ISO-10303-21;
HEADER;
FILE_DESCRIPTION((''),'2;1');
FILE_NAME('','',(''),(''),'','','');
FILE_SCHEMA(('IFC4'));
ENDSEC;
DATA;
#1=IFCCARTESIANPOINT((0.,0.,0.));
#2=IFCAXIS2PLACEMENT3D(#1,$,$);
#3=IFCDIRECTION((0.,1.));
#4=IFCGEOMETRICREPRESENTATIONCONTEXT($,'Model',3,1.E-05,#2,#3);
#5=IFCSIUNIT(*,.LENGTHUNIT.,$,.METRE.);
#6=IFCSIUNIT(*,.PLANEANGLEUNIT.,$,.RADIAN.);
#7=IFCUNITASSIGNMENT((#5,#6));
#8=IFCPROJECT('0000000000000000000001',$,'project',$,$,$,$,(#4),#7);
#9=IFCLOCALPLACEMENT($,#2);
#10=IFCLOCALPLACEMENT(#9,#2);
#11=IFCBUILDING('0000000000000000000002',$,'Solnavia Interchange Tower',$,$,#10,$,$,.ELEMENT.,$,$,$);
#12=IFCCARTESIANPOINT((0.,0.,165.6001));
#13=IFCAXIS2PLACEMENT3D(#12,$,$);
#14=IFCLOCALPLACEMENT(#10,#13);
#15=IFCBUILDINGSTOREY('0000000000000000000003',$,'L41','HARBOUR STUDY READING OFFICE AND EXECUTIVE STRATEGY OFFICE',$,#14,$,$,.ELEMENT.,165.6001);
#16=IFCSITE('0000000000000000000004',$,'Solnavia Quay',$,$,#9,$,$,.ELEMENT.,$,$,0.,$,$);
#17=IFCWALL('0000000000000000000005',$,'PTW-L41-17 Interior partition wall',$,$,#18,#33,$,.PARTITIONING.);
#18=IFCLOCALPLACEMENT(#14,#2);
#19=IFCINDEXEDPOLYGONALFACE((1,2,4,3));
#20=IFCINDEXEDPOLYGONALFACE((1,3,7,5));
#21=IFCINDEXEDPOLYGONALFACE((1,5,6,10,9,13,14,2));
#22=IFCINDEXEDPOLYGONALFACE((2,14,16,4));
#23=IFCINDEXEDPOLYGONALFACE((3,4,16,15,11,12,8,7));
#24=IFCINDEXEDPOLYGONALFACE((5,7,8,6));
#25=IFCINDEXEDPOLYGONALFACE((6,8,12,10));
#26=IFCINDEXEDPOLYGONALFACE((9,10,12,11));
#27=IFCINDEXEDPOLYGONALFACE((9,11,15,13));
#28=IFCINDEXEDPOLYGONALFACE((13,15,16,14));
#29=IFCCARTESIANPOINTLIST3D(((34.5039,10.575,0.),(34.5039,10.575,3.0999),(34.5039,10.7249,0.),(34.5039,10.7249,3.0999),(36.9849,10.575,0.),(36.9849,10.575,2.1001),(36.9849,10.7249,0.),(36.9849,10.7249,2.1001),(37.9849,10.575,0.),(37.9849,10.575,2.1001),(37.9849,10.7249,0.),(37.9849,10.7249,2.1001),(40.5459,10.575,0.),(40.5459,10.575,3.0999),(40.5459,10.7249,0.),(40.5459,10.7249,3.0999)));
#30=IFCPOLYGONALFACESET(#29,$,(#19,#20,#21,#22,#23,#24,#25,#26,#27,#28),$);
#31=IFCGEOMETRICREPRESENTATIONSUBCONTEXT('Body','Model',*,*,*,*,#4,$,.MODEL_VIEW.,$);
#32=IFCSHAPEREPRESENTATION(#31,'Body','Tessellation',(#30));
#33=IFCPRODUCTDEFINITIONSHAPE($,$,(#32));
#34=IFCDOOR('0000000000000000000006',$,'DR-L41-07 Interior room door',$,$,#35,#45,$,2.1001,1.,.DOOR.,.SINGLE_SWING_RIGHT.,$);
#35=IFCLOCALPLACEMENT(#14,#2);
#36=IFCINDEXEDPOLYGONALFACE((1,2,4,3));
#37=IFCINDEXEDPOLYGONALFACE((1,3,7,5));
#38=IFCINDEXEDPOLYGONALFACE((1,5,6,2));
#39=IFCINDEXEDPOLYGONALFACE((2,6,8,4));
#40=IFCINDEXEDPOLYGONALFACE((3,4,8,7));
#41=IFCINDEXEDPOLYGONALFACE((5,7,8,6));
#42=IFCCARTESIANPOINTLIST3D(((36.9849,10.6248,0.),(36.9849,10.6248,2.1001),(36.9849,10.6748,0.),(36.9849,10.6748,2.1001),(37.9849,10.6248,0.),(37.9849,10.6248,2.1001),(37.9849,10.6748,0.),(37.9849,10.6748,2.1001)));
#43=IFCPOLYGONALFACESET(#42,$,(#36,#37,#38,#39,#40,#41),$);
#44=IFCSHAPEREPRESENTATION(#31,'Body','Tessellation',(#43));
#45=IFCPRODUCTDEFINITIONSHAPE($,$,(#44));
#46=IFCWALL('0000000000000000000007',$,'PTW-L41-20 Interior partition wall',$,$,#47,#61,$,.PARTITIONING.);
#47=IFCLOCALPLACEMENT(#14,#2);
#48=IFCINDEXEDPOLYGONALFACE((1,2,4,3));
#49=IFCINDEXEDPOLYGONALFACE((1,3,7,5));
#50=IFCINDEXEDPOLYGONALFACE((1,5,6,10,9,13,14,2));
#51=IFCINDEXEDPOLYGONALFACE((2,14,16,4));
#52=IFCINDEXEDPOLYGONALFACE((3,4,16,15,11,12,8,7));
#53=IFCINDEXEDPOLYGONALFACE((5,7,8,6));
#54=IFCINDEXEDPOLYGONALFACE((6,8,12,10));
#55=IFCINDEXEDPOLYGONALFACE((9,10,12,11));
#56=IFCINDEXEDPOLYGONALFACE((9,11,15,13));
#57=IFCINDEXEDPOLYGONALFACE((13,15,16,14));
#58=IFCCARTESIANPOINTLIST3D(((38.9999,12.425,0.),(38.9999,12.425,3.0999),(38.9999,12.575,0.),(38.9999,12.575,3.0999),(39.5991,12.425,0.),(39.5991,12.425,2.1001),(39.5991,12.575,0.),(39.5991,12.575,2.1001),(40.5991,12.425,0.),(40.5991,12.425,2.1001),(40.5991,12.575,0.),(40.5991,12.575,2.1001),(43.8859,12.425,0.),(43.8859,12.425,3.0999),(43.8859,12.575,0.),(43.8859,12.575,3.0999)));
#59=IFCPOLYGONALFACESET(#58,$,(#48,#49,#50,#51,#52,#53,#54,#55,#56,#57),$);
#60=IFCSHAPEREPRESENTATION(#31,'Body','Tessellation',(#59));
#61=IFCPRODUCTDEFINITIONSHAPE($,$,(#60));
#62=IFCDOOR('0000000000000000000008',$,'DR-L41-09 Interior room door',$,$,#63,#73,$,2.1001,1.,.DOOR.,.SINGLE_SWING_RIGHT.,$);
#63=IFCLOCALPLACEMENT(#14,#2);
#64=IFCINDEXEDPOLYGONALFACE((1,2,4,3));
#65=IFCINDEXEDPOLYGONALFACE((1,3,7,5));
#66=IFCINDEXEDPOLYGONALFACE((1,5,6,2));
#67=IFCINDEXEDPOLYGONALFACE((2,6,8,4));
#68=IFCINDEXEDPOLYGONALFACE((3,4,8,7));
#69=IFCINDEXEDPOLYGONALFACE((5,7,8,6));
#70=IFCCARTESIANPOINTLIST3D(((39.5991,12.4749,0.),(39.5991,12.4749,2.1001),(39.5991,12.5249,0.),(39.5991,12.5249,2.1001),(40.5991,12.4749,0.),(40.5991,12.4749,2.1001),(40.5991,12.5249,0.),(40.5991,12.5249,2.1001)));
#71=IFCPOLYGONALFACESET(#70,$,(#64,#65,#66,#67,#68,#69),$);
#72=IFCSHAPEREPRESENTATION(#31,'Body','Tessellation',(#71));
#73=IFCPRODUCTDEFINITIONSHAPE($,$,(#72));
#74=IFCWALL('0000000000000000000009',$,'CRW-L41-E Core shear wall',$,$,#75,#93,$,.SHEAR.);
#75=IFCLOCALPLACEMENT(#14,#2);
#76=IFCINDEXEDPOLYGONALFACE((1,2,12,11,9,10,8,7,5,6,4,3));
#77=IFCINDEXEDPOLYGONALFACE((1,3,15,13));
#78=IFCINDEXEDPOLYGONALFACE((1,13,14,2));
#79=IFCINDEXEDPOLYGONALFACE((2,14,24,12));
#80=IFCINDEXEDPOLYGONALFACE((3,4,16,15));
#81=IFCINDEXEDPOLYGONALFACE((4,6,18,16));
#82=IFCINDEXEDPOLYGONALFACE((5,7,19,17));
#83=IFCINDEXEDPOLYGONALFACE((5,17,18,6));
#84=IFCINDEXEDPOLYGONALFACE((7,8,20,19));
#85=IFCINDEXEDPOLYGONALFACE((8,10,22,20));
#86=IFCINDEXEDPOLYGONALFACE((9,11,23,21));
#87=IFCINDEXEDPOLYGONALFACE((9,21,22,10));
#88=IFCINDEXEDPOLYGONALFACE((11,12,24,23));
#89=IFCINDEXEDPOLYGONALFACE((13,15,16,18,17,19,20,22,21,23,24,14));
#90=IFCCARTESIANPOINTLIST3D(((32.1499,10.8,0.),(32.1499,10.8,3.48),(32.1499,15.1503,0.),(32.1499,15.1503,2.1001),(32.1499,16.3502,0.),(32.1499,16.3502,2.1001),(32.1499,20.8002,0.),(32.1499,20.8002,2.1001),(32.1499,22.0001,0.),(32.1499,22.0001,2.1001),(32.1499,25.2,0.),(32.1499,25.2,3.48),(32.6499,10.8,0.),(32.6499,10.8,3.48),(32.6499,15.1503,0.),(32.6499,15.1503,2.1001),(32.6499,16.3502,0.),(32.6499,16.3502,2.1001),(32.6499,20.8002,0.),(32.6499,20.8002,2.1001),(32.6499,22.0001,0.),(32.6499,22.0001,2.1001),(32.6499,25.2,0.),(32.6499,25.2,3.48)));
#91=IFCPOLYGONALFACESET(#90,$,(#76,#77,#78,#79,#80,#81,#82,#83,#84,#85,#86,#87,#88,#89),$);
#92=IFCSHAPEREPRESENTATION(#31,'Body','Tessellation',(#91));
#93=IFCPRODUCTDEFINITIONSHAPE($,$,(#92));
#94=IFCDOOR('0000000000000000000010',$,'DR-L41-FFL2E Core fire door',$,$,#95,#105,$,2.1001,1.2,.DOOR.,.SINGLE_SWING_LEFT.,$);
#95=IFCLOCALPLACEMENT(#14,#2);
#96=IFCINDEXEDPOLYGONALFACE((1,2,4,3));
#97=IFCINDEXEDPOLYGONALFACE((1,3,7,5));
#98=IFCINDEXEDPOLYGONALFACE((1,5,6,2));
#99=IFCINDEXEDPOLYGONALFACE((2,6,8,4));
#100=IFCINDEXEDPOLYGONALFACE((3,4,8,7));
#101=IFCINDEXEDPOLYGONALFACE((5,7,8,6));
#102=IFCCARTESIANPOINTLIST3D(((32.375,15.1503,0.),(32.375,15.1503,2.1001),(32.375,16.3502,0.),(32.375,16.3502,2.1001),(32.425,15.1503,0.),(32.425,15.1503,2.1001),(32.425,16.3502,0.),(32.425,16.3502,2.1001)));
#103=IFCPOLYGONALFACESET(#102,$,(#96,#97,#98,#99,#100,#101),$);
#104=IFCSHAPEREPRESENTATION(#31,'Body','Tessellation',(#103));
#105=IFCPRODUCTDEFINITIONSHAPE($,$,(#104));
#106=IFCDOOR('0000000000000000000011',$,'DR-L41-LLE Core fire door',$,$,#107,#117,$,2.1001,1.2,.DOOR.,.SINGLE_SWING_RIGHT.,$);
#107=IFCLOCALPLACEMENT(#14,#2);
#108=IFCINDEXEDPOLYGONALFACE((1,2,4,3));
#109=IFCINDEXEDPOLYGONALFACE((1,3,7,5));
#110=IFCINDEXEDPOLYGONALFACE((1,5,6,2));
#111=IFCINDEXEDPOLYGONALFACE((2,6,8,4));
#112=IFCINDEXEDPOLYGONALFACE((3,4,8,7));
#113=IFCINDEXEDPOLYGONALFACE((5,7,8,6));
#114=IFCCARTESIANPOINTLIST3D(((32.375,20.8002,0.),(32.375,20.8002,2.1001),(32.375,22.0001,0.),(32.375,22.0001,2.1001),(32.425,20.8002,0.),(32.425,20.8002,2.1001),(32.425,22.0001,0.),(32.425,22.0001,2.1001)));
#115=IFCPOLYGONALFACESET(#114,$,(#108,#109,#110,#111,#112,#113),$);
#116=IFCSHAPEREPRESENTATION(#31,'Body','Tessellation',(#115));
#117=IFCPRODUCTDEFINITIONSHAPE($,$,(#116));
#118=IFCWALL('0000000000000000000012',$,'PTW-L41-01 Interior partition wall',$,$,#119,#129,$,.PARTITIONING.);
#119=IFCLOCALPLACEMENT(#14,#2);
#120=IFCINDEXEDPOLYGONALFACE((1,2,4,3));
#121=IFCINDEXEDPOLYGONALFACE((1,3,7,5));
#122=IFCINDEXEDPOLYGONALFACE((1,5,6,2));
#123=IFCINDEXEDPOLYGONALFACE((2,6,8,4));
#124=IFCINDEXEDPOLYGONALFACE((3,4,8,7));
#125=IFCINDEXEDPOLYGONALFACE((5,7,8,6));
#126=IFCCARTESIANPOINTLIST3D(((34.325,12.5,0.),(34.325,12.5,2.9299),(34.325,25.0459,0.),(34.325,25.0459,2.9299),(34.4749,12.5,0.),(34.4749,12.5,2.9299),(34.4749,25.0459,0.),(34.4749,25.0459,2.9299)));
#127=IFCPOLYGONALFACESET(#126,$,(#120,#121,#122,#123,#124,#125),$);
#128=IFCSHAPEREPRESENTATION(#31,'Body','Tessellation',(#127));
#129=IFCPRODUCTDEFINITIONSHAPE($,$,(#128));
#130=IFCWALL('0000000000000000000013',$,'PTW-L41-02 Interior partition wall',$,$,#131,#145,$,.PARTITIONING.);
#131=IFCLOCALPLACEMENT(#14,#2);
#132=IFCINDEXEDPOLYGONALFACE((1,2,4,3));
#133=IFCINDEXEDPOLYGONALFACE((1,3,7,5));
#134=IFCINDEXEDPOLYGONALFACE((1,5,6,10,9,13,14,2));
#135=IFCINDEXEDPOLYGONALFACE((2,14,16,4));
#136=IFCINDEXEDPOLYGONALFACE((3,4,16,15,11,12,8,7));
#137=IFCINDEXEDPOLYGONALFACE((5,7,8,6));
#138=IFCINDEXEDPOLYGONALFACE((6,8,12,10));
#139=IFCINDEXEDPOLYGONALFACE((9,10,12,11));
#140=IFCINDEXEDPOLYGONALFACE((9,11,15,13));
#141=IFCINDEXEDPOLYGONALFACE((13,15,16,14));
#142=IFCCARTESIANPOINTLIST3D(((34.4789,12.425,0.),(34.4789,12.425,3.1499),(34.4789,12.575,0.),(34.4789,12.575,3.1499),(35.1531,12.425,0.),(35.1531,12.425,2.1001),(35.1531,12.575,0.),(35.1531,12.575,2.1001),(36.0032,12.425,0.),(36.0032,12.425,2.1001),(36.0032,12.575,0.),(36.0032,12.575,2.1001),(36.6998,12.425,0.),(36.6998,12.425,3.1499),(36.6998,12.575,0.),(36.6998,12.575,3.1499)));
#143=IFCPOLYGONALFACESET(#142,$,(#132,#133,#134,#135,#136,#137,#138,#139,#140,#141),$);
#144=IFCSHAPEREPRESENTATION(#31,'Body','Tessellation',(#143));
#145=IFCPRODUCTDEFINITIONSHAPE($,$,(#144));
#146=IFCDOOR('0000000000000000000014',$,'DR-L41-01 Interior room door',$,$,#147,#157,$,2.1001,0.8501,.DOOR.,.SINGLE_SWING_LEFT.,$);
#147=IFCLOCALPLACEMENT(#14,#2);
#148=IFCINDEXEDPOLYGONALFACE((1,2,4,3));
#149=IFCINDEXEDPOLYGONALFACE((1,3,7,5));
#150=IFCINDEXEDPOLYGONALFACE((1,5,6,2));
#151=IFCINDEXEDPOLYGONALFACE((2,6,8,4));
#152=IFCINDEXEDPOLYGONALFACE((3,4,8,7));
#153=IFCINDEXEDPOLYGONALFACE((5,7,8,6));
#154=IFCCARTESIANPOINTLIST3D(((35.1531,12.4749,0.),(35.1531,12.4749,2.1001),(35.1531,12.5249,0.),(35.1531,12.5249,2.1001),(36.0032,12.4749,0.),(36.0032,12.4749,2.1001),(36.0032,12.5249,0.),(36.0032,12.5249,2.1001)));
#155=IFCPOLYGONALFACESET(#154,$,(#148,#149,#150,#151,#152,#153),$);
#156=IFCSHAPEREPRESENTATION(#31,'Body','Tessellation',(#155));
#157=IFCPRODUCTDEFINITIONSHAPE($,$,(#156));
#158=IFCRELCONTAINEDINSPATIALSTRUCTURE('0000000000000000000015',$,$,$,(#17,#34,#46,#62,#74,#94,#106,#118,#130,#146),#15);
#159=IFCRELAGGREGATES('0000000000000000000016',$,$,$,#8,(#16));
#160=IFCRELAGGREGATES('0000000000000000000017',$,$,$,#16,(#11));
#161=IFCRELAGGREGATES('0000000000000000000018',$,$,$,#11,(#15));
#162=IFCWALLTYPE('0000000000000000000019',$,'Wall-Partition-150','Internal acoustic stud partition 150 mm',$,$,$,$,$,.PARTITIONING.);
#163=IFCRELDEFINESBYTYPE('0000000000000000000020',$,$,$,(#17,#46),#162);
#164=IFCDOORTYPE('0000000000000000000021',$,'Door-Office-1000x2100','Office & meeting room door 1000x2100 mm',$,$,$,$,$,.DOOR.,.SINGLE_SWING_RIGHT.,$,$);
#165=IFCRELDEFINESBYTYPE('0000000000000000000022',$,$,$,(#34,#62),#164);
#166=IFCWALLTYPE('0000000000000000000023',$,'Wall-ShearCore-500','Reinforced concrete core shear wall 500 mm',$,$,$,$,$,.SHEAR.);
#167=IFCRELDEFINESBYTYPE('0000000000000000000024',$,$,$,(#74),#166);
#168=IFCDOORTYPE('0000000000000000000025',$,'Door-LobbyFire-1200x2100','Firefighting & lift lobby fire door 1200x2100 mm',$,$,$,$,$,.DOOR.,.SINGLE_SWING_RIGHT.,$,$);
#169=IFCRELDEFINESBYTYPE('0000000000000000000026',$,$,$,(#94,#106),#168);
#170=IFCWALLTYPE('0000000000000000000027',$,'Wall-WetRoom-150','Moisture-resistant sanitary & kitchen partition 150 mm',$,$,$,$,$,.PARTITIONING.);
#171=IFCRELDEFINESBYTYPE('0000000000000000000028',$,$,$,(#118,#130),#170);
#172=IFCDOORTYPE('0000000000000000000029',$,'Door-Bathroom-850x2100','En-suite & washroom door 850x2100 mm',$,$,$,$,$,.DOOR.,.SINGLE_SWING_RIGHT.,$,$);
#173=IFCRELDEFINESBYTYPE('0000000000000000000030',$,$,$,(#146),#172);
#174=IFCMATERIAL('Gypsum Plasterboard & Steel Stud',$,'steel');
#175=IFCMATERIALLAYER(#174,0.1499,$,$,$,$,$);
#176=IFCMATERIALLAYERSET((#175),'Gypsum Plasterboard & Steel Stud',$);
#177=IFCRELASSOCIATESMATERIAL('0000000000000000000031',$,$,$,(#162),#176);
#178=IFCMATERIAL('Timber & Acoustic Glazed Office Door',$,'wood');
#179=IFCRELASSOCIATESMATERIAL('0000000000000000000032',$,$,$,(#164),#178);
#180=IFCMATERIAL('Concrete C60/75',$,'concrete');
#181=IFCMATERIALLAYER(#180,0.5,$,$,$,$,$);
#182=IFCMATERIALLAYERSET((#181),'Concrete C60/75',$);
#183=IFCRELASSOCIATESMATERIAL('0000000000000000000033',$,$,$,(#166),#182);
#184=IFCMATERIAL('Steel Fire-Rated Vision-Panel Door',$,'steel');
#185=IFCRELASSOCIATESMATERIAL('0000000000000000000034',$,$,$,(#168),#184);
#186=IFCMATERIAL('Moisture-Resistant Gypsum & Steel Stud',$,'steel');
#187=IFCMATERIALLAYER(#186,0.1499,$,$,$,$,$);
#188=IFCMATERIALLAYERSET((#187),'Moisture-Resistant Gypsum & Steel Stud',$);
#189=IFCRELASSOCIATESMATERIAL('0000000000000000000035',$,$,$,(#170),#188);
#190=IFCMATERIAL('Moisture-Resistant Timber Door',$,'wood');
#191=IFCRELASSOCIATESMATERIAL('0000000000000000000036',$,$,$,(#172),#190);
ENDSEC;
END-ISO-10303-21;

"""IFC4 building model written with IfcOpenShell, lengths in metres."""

from ifc_helpers import new_model, si_unit, direction, frame, frame_2d, origin, place, context, subcontext, project, spatial, rectangle, extrude, material, layer, layer_set, type_object, element, fill, save


model = new_model("IFC4")

# Units and contexts
model_context = context("Model", 3, precision=1e-05, world=origin(), true_north=direction((0.0, 1.0)))
body_context = subcontext(model_context, "Body", "Model", "MODEL_VIEW")
ifc_project = project(units=[si_unit("LENGTHUNIT", "METRE"), si_unit("PLANEANGLEUNIT", "RADIAN")], contexts=[model_context])

# Site, building, storey
site_placement = place(None, origin())
site = spatial("IfcSite", under=ifc_project, at=site_placement, Name="Solnavia Quay", CompositionType="ELEMENT", RefElevation=0.0)
building_placement = place(site_placement, origin())
building = spatial("IfcBuilding", under=site, at=building_placement, Name="Solnavia Interchange Tower", CompositionType="ELEMENT")
storey_placement = place(building_placement, frame((0.0, 0.0, 165.6001)))
storey = spatial("IfcBuildingStorey", under=building, at=storey_placement, Name="L41", Description="HARBOUR STUDY READING OFFICE AND EXECUTIVE STRATEGY OFFICE", CompositionType="ELEMENT", Elevation=165.6001)

# Walls, openings, doors
ifc_material_1 = material(Name="Gypsum Plasterboard & Steel Stud", Category="steel")
ifc_layer_1 = layer(ifc_material_1, 0.1499)
ifc_layer_set_1 = layer_set([ifc_layer_1], Name="Gypsum Plasterboard & Steel Stud")
wall_type_1 = type_object("IfcWallType", Name="Wall-Partition-150", Description="Internal acoustic stud partition 150 mm", PredefinedType="PARTITIONING", material=ifc_layer_set_1)
wall_1_placement = place(storey_placement, frame((34.5039, 10.6499, 0.0), z_axis=(0.0, 0.0, 1.0), x_axis=(1.0, 0.0, 0.0)))
wall_1 = element("IfcWall", 1, at=wall_1_placement, inside=storey, type_object=wall_type_1, Name="PTW-L41-17 Interior partition wall", PredefinedType="PARTITIONING", context=body_context, shape_type="SweptSolid", body=[
    extrude(rectangle(XDim=6.042, YDim=0.1499, at=frame_2d((3.021, 0.0))), origin(), (0.0, 0.0, 1.0), 3.0999),
])
opening_1_placement = place(wall_1_placement, frame((2.481, 0.0, 0.0)))
opening_1 = element("IfcOpeningElement", 2, at=opening_1_placement, cuts=wall_1, PredefinedType="OPENING", context=body_context, shape_type="SweptSolid", body=[
    extrude(rectangle(XDim=1.0, YDim=2.1001, at=frame_2d((0.5, 1.05))), frame((0.0, 0.085, 0.0), z_axis=(0.0, -1.0, 0.0), x_axis=(1.0, 0.0, 0.0)), (0.0, 0.0, 1.0), 0.1699),
])
ifc_material_2 = material(Name="Timber & Acoustic Glazed Office Door", Category="wood")
door_type_1 = type_object("IfcDoorType", Name="Door-Office-1000x2100", Description="Office & meeting room door 1000x2100 mm", OperationType="SINGLE_SWING_RIGHT", PredefinedType="DOOR", material=ifc_material_2)
door_1_placement = place(opening_1_placement, origin())
door_1 = element("IfcDoor", 3, at=door_1_placement, inside=storey, type_object=door_type_1, Name="DR-L41-07 Interior room door", OperationType="SINGLE_SWING_RIGHT", OverallHeight=2.1001, OverallWidth=1.0, PredefinedType="DOOR", context=body_context, shape_type="SweptSolid", body=[
    extrude(rectangle(XDim=1.0, YDim=2.1001, at=frame_2d((0.5, 1.05))), frame((0.0, 0.0249, 0.0), z_axis=(0.0, -1.0, 0.0), x_axis=(1.0, 0.0, 0.0)), (0.0, 0.0, 1.0), 0.05),
])
fill(opening_1, door_1)
wall_2_placement = place(storey_placement, frame((39.0, 12.5, 0.0), z_axis=(0.0, 0.0, 1.0), x_axis=(1.0, 0.0, 0.0)))
wall_2 = element("IfcWall", 4, at=wall_2_placement, inside=storey, type_object=wall_type_1, Name="PTW-L41-20 Interior partition wall", PredefinedType="PARTITIONING", context=body_context, shape_type="SweptSolid", body=[
    extrude(rectangle(XDim=4.886, YDim=0.1499, at=frame_2d((2.4429, 0.0))), origin(), (0.0, 0.0, 1.0), 3.0999),
])
opening_2_placement = place(wall_2_placement, frame((0.5991, 0.0, 0.0)))
opening_2 = element("IfcOpeningElement", 5, at=opening_2_placement, cuts=wall_2, PredefinedType="OPENING", context=body_context, shape_type="SweptSolid", body=[
    extrude(rectangle(XDim=1.0, YDim=2.1001, at=frame_2d((0.5, 1.05))), frame((0.0, 0.085, 0.0), z_axis=(0.0, -1.0, 0.0), x_axis=(1.0, 0.0, 0.0)), (0.0, 0.0, 1.0), 0.1699),
])
door_2_placement = place(opening_2_placement, origin())
door_2 = element("IfcDoor", 6, at=door_2_placement, inside=storey, type_object=door_type_1, Name="DR-L41-09 Interior room door", OperationType="SINGLE_SWING_RIGHT", OverallHeight=2.1001, OverallWidth=1.0, PredefinedType="DOOR", context=body_context, shape_type="SweptSolid", body=[
    extrude(rectangle(XDim=1.0, YDim=2.1001, at=frame_2d((0.5, 1.05))), frame((0.0, 0.0249, 0.0), z_axis=(0.0, -1.0, 0.0), x_axis=(1.0, 0.0, 0.0)), (0.0, 0.0, 1.0), 0.05),
])
fill(opening_2, door_2)

# Wall, openings, doors
ifc_material_3 = material(Name="Concrete C60/75", Category="concrete")
ifc_layer_2 = layer(ifc_material_3, 0.5)
ifc_layer_set_2 = layer_set([ifc_layer_2], Name="Concrete C60/75")
wall_type_2 = type_object("IfcWallType", Name="Wall-ShearCore-500", Description="Reinforced concrete core shear wall 500 mm", PredefinedType="SHEAR", material=ifc_layer_set_2)
wall_3_placement = place(storey_placement, frame((32.3999, 10.8, 0.0), z_axis=(0.0, 0.0, 1.0), x_axis=(0.0, 1.0, 0.0)))
wall_3 = element("IfcWall", 7, at=wall_3_placement, inside=storey, type_object=wall_type_2, Name="CRW-L41-E Core shear wall", PredefinedType="SHEAR", context=body_context, shape_type="SweptSolid", body=[
    extrude(rectangle(XDim=14.3999, YDim=0.5, at=frame_2d((7.2, 0.0))), origin(), (0.0, 0.0, 1.0), 3.48),
])
opening_3_placement = place(wall_3_placement, frame((4.3501, 0.0, 0.0)))
opening_3 = element("IfcOpeningElement", 8, at=opening_3_placement, cuts=wall_3, PredefinedType="OPENING", context=body_context, shape_type="SweptSolid", body=[
    extrude(rectangle(XDim=1.2, YDim=2.1001, at=frame_2d((0.6001, 1.05))), frame((0.0, 0.26, 0.0), z_axis=(0.0, -1.0, 0.0), x_axis=(1.0, 0.0, 0.0)), (0.0, 0.0, 1.0), 0.52),
])
opening_4_placement = place(wall_3_placement, frame((10.0, 0.0, 0.0)))
opening_4 = element("IfcOpeningElement", 9, at=opening_4_placement, cuts=wall_3, PredefinedType="OPENING", context=body_context, shape_type="SweptSolid", body=[
    extrude(rectangle(XDim=1.2, YDim=2.1001, at=frame_2d((0.6001, 1.05))), frame((0.0, 0.26, 0.0), z_axis=(0.0, -1.0, 0.0), x_axis=(1.0, 0.0, 0.0)), (0.0, 0.0, 1.0), 0.52),
])
ifc_material_4 = material(Name="Steel Fire-Rated Vision-Panel Door", Category="steel")
door_type_2 = type_object("IfcDoorType", Name="Door-LobbyFire-1200x2100", Description="Firefighting & lift lobby fire door 1200x2100 mm", OperationType="SINGLE_SWING_RIGHT", PredefinedType="DOOR", material=ifc_material_4)
door_3_placement = place(opening_3_placement, origin())
door_3 = element("IfcDoor", 10, at=door_3_placement, inside=storey, type_object=door_type_2, Name="DR-L41-FFL2E Core fire door", OperationType="SINGLE_SWING_LEFT", OverallHeight=2.1001, OverallWidth=1.2, PredefinedType="DOOR", context=body_context, shape_type="SweptSolid", body=[
    extrude(rectangle(XDim=1.2, YDim=2.1001, at=frame_2d((0.6001, 1.05))), frame((0.0, 0.0249, 0.0), z_axis=(0.0, -1.0, 0.0), x_axis=(1.0, 0.0, 0.0)), (0.0, 0.0, 1.0), 0.05),
])
fill(opening_3, door_3)
door_4_placement = place(opening_4_placement, origin())
door_4 = element("IfcDoor", 11, at=door_4_placement, inside=storey, type_object=door_type_2, Name="DR-L41-LLE Core fire door", OperationType="SINGLE_SWING_RIGHT", OverallHeight=2.1001, OverallWidth=1.2, PredefinedType="DOOR", context=body_context, shape_type="SweptSolid", body=[
    extrude(rectangle(XDim=1.2, YDim=2.1001, at=frame_2d((0.6001, 1.05))), frame((0.0, 0.0249, 0.0), z_axis=(0.0, -1.0, 0.0), x_axis=(1.0, 0.0, 0.0)), (0.0, 0.0, 1.0), 0.05),
])
fill(opening_4, door_4)

# Wall
ifc_material_5 = material(Name="Moisture-Resistant Gypsum & Steel Stud", Category="steel")
ifc_layer_3 = layer(ifc_material_5, 0.1499)
ifc_layer_set_3 = layer_set([ifc_layer_3], Name="Moisture-Resistant Gypsum & Steel Stud")
wall_type_3 = type_object("IfcWallType", Name="Wall-WetRoom-150", Description="Moisture-resistant sanitary & kitchen partition 150 mm", PredefinedType="PARTITIONING", material=ifc_layer_set_3)
wall_4_placement = place(storey_placement, frame((34.3999, 12.5, 0.0), z_axis=(0.0, 0.0, 1.0), x_axis=(0.0, 1.0, 0.0)))
element("IfcWall", 12, at=wall_4_placement, inside=storey, type_object=wall_type_3, Name="PTW-L41-01 Interior partition wall", PredefinedType="PARTITIONING", context=body_context, shape_type="SweptSolid", body=[
    extrude(rectangle(XDim=12.5459, YDim=0.1499, at=frame_2d((6.2729, 0.0))), origin(), (0.0, 0.0, 1.0), 2.9299),
])

# Wall, opening, door
wall_5_placement = place(storey_placement, frame((34.479, 12.5, 0.0), z_axis=(0.0, 0.0, 1.0), x_axis=(1.0, 0.0, 0.0)))
wall_5 = element("IfcWall", 13, at=wall_5_placement, inside=storey, type_object=wall_type_3, Name="PTW-L41-02 Interior partition wall", PredefinedType="PARTITIONING", context=body_context, shape_type="SweptSolid", body=[
    extrude(rectangle(XDim=2.2209, YDim=0.1499, at=frame_2d((1.1104, 0.0))), origin(), (0.0, 0.0, 1.0), 3.1499),
])
opening_5_placement = place(wall_5_placement, frame((0.6741, 0.0, 0.0)))
opening_5 = element("IfcOpeningElement", 14, at=opening_5_placement, cuts=wall_5, PredefinedType="OPENING", context=body_context, shape_type="SweptSolid", body=[
    extrude(rectangle(XDim=0.8501, YDim=2.1001, at=frame_2d((0.425, 1.05))), frame((0.0, 0.085, 0.0), z_axis=(0.0, -1.0, 0.0), x_axis=(1.0, 0.0, 0.0)), (0.0, 0.0, 1.0), 0.1699),
])
ifc_material_6 = material(Name="Moisture-Resistant Timber Door", Category="wood")
door_type_3 = type_object("IfcDoorType", Name="Door-Bathroom-850x2100", Description="En-suite & washroom door 850x2100 mm", OperationType="SINGLE_SWING_RIGHT", PredefinedType="DOOR", material=ifc_material_6)
door_5_placement = place(opening_5_placement, origin())
door_5 = element("IfcDoor", 15, at=door_5_placement, inside=storey, type_object=door_type_3, Name="DR-L41-01 Interior room door", OperationType="SINGLE_SWING_LEFT", OverallHeight=2.1001, OverallWidth=0.8501, PredefinedType="DOOR", context=body_context, shape_type="SweptSolid", body=[
    extrude(rectangle(XDim=0.8501, YDim=2.1001, at=frame_2d((0.425, 1.05))), frame((0.0, 0.0249, 0.0), z_axis=(0.0, -1.0, 0.0), x_axis=(1.0, 0.0, 0.0)), (0.0, 0.0, 1.0), 0.05),
])
fill(opening_5, door_5)

save(model, "model.ifc")
